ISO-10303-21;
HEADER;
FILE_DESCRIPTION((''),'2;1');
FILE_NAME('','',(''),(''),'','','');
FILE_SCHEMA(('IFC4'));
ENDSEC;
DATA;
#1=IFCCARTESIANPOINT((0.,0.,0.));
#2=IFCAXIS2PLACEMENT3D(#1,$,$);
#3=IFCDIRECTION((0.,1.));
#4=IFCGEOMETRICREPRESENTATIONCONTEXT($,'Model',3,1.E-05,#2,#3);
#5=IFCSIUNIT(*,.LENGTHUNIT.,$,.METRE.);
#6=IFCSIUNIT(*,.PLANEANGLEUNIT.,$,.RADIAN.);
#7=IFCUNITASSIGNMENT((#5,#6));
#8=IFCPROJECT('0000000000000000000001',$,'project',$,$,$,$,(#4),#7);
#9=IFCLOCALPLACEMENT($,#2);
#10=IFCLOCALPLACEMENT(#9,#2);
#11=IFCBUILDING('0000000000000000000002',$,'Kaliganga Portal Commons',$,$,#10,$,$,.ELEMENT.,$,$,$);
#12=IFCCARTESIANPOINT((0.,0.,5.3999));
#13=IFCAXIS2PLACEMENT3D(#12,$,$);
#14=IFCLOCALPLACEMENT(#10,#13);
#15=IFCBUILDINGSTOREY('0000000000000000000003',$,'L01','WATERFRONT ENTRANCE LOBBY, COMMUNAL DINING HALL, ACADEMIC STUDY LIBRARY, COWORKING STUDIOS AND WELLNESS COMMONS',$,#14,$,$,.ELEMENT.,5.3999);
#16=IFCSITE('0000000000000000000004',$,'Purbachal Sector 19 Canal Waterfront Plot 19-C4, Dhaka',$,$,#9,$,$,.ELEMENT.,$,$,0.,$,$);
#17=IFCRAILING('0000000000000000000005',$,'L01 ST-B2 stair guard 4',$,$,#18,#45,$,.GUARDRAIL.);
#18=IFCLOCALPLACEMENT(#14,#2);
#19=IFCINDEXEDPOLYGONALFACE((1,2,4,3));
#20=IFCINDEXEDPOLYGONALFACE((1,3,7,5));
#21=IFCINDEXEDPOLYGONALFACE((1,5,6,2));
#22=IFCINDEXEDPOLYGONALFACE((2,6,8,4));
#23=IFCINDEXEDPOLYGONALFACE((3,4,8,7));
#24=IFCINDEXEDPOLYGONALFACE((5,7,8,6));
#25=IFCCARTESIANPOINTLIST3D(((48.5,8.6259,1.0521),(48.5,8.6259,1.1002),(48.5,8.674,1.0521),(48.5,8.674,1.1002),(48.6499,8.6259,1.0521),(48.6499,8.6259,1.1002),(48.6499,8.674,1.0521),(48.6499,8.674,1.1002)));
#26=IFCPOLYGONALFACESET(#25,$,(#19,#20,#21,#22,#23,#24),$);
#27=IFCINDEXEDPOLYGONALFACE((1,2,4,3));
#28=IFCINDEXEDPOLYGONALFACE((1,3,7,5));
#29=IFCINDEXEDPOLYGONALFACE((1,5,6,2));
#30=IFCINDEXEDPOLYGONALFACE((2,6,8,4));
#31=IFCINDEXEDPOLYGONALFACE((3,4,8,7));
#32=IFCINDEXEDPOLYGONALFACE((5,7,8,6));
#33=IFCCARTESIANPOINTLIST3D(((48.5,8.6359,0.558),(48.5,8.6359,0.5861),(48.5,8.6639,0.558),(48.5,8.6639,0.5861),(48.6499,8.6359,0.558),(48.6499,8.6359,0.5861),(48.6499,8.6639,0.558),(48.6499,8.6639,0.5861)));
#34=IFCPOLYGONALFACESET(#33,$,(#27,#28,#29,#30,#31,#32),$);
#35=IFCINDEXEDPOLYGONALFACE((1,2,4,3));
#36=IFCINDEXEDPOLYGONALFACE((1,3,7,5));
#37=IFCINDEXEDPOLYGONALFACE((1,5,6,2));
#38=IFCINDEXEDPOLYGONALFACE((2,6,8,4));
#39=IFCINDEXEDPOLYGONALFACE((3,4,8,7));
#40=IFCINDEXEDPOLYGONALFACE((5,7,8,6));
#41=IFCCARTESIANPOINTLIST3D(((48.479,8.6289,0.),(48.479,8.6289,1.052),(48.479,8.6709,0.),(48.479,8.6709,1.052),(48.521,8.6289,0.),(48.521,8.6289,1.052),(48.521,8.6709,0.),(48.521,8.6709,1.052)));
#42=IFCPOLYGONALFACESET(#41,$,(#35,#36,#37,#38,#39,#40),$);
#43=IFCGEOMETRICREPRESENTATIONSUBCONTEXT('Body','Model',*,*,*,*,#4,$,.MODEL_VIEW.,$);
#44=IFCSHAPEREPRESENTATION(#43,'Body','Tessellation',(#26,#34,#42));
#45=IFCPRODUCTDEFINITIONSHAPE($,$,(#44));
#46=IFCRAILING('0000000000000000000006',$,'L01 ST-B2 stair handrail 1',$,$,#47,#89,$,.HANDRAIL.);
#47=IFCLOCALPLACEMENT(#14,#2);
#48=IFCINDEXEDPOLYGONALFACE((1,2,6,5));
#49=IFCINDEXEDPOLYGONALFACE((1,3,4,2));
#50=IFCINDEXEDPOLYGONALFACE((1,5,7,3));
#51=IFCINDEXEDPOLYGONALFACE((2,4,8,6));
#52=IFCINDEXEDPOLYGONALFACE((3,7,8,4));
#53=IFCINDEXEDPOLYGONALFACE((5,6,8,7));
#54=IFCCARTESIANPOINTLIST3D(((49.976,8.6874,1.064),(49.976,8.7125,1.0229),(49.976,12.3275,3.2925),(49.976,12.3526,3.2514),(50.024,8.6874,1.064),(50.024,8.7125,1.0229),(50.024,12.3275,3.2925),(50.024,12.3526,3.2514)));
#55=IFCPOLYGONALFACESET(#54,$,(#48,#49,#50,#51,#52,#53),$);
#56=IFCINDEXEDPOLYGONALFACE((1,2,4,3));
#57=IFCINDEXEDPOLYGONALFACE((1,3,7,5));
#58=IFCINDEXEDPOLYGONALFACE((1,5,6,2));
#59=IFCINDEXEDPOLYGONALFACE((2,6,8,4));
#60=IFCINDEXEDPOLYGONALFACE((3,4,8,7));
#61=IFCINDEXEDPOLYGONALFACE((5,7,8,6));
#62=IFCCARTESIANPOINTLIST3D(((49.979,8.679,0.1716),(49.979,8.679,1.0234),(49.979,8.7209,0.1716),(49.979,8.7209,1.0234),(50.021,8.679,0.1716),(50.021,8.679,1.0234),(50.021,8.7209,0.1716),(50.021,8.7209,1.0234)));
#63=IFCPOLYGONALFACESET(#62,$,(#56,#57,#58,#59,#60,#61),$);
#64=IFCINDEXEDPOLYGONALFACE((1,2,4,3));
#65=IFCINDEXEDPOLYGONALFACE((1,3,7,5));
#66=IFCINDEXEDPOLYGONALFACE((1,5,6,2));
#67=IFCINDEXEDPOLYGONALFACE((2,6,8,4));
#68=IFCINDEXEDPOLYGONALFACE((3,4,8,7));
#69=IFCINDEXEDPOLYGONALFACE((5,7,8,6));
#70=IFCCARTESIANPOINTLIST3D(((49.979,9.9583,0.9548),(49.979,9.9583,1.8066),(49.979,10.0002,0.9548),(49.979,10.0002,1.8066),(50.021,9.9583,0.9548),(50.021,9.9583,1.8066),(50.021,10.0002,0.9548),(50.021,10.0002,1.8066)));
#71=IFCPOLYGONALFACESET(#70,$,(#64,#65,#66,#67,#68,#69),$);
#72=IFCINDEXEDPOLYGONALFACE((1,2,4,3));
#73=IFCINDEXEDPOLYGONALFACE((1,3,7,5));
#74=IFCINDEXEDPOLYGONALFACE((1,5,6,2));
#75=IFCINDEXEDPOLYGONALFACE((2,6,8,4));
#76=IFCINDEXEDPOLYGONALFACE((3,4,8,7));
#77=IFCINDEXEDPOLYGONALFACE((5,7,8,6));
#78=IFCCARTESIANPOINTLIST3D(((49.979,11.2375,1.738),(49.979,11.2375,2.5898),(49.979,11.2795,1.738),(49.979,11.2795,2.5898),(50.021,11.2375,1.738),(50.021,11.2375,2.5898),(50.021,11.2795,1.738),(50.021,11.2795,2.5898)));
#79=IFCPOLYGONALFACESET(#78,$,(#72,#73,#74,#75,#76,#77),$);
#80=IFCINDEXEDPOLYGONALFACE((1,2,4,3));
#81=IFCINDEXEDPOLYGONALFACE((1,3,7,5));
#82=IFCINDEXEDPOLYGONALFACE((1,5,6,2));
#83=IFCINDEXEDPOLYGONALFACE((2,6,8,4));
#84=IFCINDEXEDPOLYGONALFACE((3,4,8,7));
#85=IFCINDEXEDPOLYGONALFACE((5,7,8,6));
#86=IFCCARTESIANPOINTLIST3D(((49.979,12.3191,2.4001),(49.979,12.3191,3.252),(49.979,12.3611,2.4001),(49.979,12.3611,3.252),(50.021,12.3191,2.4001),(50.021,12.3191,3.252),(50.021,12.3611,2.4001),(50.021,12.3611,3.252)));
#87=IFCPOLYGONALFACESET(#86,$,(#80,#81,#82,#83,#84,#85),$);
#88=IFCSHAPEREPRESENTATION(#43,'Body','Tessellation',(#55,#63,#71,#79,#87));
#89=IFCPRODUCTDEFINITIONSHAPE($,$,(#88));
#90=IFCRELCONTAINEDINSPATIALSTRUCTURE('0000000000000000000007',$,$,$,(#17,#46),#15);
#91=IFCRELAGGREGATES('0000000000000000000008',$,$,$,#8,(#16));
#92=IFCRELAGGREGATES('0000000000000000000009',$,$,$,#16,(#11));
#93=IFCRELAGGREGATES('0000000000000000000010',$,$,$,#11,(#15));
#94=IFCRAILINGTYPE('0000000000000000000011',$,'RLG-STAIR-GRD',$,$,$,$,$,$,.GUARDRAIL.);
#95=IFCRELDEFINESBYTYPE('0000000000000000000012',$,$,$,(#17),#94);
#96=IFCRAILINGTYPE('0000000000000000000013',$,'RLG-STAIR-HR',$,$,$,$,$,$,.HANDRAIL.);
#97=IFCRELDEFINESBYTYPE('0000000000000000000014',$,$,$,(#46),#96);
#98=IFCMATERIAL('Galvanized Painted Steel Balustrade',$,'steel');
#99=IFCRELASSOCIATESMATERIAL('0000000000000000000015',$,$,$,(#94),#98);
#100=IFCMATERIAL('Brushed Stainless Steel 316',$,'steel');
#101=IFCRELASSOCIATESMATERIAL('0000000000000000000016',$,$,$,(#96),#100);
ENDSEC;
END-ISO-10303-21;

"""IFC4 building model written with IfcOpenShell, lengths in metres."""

from ifc_helpers import new_model, si_unit, direction, frame, origin, origin_2d, place, context, subcontext, project, spatial, rectangle, extrude, material, type_object, element, save


model = new_model("IFC4")

# Units and contexts
model_context = context("Model", 3, precision=1e-05, world=origin(), true_north=direction((0.0, 1.0)))
body_context = subcontext(model_context, "Body", "Model", "MODEL_VIEW")
ifc_project = project(units=[si_unit("LENGTHUNIT", "METRE"), si_unit("PLANEANGLEUNIT", "RADIAN")], contexts=[model_context])

# Site, building, storey
site_placement = place(None, origin())
site = spatial("IfcSite", under=ifc_project, at=site_placement, Name="Purbachal Sector 19 Canal Waterfront Plot 19-C4, Dhaka", CompositionType="ELEMENT", RefElevation=0.0)
building_placement = place(site_placement, origin())
building = spatial("IfcBuilding", under=site, at=building_placement, Name="Kaliganga Portal Commons", CompositionType="ELEMENT")
storey_placement = place(building_placement, frame((0.0, 0.0, 5.3999)))
storey = spatial("IfcBuildingStorey", under=building, at=storey_placement, Name="L01", Description="WATERFRONT ENTRANCE LOBBY, COMMUNAL DINING HALL, ACADEMIC STUDY LIBRARY, COWORKING STUDIOS AND WELLNESS COMMONS", CompositionType="ELEMENT", Elevation=5.3999)

# Railings
ifc_material_1 = material(Name="Galvanized Painted Steel Balustrade", Category="steel")
railing_type_1 = type_object("IfcRailingType", Name="RLG-STAIR-GRD", PredefinedType="GUARDRAIL", material=ifc_material_1)
railing_1_placement = place(storey_placement, frame((48.6499, 8.6499, 0.0)))
element("IfcRailing", 1, at=railing_1_placement, inside=storey, type_object=railing_type_1, Name="L01 ST-B2 stair guard 4", PredefinedType="GUARDRAIL", context=body_context, shape_type="SweptSolid", body=[
    extrude(rectangle(XDim=0.0481, YDim=0.0481, at=origin_2d()), frame((0.0, 0.0, 1.0762), z_axis=(-1.0, 0.0, 0.0), x_axis=(0.0, -1.0, 0.0)), (0.0, 0.0, 1.0), 0.1499),
    extrude(rectangle(XDim=0.0281, YDim=0.0281, at=origin_2d()), frame((0.0, 0.0, 0.572), z_axis=(-1.0, 0.0, 0.0), x_axis=(0.0, -1.0, 0.0)), (0.0, 0.0, 1.0), 0.1499),
    extrude(rectangle(XDim=0.042, YDim=0.042, at=origin_2d()), frame((-0.1499, 0.0, 0.0)), (0.0, 0.0, 1.0), 1.052),
])
ifc_material_2 = material(Name="Brushed Stainless Steel 316", Category="steel")
railing_type_2 = type_object("IfcRailingType", Name="RLG-STAIR-HR", PredefinedType="HANDRAIL", material=ifc_material_2)
railing_2_placement = place(storey_placement, frame((50.0, 8.7, 0.1716)))
element("IfcRailing", 2, at=railing_2_placement, inside=storey, type_object=railing_type_2, Name="L01 ST-B2 stair handrail 1", PredefinedType="HANDRAIL", context=body_context, shape_type="SweptSolid", body=[
    extrude(rectangle(XDim=0.0481, YDim=0.0481, at=origin_2d()), frame((0.0, 0.0, 0.8718), z_axis=(0.0, 0.852866, 0.52213), x_axis=(-1.0, 0.0, 0.0)), (0.0, 0.0, 1.0), 4.2681),
    extrude(rectangle(XDim=0.042, YDim=0.042, at=origin_2d()), origin(), (0.0, 0.0, 1.0), 0.8518),
    extrude(rectangle(XDim=0.042, YDim=0.042, at=origin_2d()), frame((0.0, 1.2793, 0.7832)), (0.0, 0.0, 1.0), 0.8518),
    extrude(rectangle(XDim=0.042, YDim=0.042, at=origin_2d()), frame((0.0, 2.5586, 1.5664)), (0.0, 0.0, 1.0), 0.8518),
    extrude(rectangle(XDim=0.042, YDim=0.042, at=origin_2d()), frame((0.0, 3.6401, 2.2285)), (0.0, 0.0, 1.0), 0.8518),
])

save(model, "model.ifc")
